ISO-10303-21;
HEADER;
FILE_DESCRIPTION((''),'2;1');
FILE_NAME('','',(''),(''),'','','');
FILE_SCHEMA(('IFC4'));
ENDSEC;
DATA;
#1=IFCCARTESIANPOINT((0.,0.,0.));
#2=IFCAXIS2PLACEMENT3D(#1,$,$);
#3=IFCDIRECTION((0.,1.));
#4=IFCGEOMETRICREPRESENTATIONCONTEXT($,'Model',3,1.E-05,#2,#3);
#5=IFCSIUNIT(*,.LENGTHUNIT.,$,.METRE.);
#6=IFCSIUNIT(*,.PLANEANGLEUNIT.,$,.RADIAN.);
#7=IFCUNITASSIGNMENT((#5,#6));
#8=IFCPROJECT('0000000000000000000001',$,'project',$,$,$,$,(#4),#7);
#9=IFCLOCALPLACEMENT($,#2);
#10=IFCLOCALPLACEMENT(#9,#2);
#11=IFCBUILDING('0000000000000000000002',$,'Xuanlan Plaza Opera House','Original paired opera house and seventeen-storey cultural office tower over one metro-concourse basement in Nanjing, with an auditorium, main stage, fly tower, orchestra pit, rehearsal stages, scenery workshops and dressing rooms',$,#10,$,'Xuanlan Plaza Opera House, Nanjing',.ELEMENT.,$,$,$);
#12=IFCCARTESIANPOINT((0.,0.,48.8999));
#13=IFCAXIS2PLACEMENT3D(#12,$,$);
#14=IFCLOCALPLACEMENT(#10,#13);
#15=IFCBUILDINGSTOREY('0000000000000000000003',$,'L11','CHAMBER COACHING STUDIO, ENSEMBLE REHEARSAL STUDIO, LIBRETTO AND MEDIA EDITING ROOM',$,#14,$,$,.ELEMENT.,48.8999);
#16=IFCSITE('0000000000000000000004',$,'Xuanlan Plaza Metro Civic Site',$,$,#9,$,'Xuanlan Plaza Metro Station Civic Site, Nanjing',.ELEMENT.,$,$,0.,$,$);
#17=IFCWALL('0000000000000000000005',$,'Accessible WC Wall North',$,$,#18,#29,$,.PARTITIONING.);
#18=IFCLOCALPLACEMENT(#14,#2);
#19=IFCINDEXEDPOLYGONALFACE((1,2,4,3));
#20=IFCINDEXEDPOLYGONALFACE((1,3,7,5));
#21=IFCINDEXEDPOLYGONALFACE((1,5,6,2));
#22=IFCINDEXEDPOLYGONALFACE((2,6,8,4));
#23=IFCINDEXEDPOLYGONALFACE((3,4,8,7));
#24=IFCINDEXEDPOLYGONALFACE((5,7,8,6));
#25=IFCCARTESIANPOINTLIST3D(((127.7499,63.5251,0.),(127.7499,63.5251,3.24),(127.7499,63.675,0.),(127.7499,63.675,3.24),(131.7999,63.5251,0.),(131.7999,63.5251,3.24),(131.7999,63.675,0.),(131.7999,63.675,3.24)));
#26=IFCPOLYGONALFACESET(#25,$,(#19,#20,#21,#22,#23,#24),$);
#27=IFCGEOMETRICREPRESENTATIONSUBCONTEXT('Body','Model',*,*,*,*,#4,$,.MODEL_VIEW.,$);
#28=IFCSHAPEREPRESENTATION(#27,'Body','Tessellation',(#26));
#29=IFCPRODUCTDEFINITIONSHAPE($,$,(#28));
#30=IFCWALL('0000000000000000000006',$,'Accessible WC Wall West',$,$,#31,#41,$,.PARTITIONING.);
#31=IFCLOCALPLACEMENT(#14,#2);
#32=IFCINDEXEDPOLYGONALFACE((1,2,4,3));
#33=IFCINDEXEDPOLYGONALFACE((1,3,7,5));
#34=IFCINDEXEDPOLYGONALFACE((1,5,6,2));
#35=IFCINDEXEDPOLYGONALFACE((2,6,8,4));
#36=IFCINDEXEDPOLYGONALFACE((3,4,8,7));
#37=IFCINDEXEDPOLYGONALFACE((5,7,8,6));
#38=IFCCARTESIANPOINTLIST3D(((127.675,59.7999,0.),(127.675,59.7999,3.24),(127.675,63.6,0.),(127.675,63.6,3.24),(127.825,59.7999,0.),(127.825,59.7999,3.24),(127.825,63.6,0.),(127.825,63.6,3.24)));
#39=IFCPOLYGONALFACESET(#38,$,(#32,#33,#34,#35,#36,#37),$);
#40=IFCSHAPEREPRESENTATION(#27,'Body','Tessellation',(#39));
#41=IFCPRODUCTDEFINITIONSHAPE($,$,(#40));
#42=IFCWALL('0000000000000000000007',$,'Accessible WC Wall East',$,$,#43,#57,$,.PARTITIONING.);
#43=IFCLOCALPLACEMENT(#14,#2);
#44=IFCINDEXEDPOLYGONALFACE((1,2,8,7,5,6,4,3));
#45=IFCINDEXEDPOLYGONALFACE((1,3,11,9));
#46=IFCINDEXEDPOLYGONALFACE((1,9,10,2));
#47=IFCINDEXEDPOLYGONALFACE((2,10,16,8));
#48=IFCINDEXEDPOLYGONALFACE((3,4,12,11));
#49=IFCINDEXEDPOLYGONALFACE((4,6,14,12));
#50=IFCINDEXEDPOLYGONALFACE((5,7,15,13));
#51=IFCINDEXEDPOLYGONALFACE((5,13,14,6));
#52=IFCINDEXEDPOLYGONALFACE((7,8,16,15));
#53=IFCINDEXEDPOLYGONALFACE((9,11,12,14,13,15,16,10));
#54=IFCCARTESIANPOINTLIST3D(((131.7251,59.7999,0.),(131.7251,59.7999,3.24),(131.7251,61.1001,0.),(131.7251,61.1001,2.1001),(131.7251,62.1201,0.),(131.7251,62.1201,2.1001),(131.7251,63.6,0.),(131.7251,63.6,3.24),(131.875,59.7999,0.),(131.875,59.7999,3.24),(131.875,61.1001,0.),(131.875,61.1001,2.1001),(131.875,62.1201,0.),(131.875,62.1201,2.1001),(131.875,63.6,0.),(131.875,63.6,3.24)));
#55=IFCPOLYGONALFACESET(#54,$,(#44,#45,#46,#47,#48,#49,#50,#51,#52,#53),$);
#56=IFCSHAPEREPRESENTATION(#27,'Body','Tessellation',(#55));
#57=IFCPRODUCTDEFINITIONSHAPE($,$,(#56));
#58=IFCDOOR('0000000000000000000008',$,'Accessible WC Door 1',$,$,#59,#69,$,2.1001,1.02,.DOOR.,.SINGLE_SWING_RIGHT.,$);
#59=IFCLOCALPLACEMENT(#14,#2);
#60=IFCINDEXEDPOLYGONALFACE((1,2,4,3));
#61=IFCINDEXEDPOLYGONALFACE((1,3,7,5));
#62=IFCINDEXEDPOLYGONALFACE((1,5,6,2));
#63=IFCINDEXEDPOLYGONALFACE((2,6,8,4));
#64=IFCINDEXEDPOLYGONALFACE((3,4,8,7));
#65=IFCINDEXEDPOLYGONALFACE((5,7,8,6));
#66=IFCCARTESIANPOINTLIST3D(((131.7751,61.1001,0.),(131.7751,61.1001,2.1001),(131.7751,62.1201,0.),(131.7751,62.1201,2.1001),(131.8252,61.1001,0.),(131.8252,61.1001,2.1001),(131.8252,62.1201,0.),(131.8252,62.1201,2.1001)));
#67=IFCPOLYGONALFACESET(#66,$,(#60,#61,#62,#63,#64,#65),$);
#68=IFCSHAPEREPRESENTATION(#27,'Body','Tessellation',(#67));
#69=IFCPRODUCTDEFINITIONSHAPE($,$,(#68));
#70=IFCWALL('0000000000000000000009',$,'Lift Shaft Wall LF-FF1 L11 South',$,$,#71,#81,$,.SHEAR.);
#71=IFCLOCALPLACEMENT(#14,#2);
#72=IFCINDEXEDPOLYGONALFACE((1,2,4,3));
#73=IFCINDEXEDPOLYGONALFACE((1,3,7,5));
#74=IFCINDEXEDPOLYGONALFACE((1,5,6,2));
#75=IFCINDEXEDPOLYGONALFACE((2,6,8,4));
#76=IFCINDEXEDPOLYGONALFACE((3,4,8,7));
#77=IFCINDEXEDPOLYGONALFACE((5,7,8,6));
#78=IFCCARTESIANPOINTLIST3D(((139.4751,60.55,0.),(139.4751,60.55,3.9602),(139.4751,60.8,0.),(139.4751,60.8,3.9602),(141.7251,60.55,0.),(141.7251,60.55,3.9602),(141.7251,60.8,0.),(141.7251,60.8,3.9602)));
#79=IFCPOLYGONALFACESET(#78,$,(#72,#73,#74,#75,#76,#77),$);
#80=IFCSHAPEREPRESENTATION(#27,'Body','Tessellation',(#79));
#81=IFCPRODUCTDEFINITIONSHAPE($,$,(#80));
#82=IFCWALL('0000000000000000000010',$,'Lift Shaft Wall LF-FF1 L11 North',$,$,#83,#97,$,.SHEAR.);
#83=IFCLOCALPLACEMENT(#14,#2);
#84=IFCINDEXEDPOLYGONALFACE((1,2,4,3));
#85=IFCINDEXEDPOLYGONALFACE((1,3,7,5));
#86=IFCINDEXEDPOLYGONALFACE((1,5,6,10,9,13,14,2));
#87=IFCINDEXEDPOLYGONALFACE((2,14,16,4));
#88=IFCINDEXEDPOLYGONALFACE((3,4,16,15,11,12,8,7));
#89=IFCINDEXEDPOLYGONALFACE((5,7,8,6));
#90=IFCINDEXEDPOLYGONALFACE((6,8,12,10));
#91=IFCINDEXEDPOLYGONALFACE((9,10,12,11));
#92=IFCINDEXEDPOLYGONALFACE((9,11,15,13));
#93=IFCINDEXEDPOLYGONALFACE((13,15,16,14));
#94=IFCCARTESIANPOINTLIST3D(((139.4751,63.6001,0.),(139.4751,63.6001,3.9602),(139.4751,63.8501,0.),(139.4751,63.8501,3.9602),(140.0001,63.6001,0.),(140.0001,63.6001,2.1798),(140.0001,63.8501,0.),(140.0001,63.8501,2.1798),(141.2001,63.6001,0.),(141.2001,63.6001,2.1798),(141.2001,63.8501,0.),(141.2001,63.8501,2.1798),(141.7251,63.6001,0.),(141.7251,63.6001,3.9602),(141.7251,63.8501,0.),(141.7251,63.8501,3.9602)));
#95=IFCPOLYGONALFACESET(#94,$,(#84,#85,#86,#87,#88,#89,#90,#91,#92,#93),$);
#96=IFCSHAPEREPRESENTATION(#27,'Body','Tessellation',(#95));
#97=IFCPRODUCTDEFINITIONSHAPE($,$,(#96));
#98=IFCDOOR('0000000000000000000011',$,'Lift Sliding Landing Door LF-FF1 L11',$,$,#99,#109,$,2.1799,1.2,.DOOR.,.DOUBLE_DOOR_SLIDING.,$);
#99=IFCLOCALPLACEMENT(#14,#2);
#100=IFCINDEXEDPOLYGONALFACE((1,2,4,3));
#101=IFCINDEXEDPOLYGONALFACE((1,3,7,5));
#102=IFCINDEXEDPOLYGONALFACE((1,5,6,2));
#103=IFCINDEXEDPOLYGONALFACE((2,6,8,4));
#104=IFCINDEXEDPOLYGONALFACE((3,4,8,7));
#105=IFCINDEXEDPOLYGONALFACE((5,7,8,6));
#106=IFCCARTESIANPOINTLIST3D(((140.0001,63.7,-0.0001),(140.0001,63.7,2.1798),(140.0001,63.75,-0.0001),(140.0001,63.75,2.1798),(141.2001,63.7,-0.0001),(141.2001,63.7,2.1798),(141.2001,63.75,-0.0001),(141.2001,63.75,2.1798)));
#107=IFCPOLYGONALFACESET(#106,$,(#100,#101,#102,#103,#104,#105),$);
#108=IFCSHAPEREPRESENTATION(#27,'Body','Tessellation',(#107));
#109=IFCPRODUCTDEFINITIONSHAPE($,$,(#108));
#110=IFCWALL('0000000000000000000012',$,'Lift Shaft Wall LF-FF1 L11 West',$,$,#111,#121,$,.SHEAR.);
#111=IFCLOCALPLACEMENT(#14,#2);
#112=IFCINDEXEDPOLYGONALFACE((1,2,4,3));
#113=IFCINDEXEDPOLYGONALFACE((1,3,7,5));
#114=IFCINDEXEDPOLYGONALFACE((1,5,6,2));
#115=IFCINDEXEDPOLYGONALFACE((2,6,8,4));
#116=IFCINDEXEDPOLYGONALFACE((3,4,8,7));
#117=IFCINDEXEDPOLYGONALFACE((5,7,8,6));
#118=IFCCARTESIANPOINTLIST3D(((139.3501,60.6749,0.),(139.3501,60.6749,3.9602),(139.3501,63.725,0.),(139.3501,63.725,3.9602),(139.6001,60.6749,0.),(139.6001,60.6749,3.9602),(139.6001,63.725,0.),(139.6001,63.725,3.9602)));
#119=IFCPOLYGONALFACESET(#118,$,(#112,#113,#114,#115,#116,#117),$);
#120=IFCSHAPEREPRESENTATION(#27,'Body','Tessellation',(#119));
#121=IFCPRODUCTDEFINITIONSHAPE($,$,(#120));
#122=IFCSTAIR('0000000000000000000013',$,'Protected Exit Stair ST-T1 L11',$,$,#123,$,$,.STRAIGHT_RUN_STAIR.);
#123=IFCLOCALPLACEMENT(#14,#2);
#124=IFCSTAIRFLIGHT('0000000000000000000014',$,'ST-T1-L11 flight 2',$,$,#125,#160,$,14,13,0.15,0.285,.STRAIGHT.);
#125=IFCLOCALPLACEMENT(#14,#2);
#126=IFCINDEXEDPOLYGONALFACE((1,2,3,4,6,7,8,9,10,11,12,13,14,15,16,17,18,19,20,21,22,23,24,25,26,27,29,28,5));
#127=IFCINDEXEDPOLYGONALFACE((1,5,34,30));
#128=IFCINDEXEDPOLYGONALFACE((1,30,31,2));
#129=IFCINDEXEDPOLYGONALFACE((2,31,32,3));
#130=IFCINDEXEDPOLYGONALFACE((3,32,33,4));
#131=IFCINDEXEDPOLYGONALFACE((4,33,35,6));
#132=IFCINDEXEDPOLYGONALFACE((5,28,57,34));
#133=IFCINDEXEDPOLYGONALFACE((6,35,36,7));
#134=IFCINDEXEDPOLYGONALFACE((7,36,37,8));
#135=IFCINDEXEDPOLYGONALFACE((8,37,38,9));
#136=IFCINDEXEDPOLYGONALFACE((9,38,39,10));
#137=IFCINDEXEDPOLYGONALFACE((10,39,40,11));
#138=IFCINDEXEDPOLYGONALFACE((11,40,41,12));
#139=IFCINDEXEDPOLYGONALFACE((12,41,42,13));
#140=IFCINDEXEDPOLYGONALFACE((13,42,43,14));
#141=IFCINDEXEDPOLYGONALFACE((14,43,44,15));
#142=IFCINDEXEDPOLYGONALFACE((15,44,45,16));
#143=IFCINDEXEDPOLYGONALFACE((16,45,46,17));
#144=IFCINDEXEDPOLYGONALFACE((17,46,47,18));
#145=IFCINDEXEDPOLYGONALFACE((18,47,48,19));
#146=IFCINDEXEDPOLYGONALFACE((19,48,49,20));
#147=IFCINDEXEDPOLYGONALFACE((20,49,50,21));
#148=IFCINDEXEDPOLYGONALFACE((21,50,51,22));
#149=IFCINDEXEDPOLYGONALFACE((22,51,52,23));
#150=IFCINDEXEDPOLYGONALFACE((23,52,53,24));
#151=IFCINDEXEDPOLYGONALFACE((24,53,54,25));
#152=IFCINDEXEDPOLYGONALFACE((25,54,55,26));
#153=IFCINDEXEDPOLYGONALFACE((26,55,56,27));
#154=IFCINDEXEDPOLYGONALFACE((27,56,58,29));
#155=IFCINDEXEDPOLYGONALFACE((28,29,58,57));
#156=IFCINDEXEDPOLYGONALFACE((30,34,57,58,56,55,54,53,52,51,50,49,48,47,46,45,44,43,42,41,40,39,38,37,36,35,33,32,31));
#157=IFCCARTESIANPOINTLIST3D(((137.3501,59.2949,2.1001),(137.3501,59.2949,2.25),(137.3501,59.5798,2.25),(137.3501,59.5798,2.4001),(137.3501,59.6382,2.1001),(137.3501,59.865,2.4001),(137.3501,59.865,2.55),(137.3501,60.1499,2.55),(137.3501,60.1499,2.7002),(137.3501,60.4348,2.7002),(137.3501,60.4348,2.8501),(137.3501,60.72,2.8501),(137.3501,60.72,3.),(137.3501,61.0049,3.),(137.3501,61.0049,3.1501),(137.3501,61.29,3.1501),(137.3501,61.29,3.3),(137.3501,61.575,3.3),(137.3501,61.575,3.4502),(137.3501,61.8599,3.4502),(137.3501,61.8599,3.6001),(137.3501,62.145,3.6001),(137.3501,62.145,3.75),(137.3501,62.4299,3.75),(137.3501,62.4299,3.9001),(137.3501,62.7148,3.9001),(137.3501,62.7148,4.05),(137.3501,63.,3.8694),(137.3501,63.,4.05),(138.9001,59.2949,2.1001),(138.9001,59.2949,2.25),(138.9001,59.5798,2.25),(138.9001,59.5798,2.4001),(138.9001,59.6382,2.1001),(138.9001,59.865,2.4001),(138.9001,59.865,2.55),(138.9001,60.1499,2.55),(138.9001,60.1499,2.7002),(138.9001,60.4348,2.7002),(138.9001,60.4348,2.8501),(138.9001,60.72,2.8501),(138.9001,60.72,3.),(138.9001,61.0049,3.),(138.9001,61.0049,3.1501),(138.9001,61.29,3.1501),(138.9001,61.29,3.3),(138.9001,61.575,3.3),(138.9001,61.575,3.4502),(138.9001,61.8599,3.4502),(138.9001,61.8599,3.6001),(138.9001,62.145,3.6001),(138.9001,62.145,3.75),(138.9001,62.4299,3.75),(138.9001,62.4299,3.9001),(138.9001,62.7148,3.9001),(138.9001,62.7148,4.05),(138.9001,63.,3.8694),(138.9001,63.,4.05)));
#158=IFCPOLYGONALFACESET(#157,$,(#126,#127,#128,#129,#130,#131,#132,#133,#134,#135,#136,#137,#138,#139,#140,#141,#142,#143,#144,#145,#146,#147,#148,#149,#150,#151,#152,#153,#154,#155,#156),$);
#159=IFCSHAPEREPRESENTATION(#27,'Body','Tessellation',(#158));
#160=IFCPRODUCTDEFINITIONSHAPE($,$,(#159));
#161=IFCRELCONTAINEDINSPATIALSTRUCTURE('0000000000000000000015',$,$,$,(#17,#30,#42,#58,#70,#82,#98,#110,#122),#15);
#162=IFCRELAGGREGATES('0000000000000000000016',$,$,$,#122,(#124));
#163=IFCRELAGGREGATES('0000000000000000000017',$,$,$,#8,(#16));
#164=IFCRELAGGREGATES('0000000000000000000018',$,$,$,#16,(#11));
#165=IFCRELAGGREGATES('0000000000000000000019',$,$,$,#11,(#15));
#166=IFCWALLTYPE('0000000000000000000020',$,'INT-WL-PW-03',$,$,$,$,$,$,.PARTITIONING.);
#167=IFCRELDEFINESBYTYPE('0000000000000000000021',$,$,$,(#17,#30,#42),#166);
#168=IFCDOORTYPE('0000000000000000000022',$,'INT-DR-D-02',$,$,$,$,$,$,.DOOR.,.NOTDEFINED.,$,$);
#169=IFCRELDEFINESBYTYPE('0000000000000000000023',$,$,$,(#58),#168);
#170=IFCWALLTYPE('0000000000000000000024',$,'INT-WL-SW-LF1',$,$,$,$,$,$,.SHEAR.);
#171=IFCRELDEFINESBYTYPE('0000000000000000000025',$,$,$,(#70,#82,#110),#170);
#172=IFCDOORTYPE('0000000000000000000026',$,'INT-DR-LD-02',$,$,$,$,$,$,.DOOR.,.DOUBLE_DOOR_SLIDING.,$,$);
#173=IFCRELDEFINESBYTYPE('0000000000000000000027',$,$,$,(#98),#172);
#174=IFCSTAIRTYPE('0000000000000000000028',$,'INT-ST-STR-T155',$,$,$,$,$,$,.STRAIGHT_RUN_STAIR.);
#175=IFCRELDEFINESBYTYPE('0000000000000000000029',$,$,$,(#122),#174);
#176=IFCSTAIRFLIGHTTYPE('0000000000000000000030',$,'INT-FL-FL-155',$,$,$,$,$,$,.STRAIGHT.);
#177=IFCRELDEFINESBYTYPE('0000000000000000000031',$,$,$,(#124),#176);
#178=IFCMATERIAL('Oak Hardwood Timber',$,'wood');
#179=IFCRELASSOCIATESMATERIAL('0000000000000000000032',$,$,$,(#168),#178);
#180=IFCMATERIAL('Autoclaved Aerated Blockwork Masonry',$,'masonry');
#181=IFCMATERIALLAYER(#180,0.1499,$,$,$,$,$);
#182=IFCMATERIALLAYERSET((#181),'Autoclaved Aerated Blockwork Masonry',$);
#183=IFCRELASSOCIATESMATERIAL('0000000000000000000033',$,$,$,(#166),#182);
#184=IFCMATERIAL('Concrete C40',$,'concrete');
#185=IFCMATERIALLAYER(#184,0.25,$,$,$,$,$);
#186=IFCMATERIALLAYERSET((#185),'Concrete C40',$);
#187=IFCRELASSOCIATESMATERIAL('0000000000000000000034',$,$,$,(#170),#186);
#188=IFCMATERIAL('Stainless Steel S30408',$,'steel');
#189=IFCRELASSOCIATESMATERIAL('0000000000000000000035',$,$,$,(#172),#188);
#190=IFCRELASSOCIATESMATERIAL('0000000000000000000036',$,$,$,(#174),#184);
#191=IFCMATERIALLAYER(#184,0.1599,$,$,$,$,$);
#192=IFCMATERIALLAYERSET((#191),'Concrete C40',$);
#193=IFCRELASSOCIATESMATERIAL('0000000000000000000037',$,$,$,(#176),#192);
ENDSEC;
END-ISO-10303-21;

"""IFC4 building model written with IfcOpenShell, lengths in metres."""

from ifc_helpers import new_model, si_unit, direction, frame, frame_2d, origin, place, context, subcontext, project, spatial, polyline, rectangle, outline, extrude, material, layer, layer_set, type_object, element, fill, aggregate, save


model = new_model("IFC4")

# Units and contexts
model_context = context("Model", 3, precision=1e-05, world=origin(), true_north=direction((0.0, 1.0)))
body_context = subcontext(model_context, "Body", "Model", "MODEL_VIEW")
ifc_project = project(units=[si_unit("LENGTHUNIT", "METRE"), si_unit("PLANEANGLEUNIT", "RADIAN")], contexts=[model_context])

# Site, building, storey
site_placement = place(None, origin())
site = spatial("IfcSite", under=ifc_project, at=site_placement, Name="Xuanlan Plaza Metro Civic Site", LongName="Xuanlan Plaza Metro Station Civic Site, Nanjing", CompositionType="ELEMENT", RefElevation=0.0)
building_placement = place(site_placement, origin())
building = spatial("IfcBuilding", under=site, at=building_placement, Name="Xuanlan Plaza Opera House", Description="Original paired opera house and seventeen-storey cultural office tower over one metro-concourse basement in Nanjing, with an auditorium, main stage, fly tower, orchestra pit, rehearsal stages, scenery workshops and dressing rooms", LongName="Xuanlan Plaza Opera House, Nanjing", CompositionType="ELEMENT")
storey_placement = place(building_placement, frame((0.0, 0.0, 48.8999)))
storey = spatial("IfcBuildingStorey", under=building, at=storey_placement, Name="L11", Description="CHAMBER COACHING STUDIO, ENSEMBLE REHEARSAL STUDIO, LIBRETTO AND MEDIA EDITING ROOM", CompositionType="ELEMENT", Elevation=48.8999)

# Shared definitions
ifc_material_1 = material(Name="Concrete C40", Category="concrete")

# Shared definitions
ifc_material_2 = material(Name="Oak Hardwood Timber", Category="wood")
door_type_1 = type_object("IfcDoorType", Name="INT-DR-D-02", OperationType="NOTDEFINED", PredefinedType="DOOR", material=ifc_material_2)

# Shared definitions
ifc_material_3 = material(Name="Autoclaved Aerated Blockwork Masonry", Category="masonry")
ifc_layer_1 = layer(ifc_material_3, 0.1499)
ifc_layer_set_1 = layer_set([ifc_layer_1], Name="Autoclaved Aerated Blockwork Masonry")
wall_type_1 = type_object("IfcWallType", Name="INT-WL-PW-03", PredefinedType="PARTITIONING", material=ifc_layer_set_1)

# Walls
wall_1_placement = place(storey_placement, frame((127.75, 63.6001, 0.0), z_axis=(0.0, 0.0, 1.0), x_axis=(1.0, 0.0, 0.0)))
element("IfcWall", 1, at=wall_1_placement, inside=storey, type_object=wall_type_1, Name="Accessible WC Wall North", PredefinedType="PARTITIONING", context=body_context, shape_type="SweptSolid", body=[
    extrude(rectangle(XDim=4.05, YDim=0.1499, at=frame_2d((2.0249, 0.0))), origin(), (0.0, 0.0, 1.0), 3.24),
])
wall_2_placement = place(storey_placement, frame((127.75, 59.8, 0.0), z_axis=(0.0, 0.0, 1.0), x_axis=(0.0, 1.0, 0.0)))
element("IfcWall", 2, at=wall_2_placement, inside=storey, type_object=wall_type_1, Name="Accessible WC Wall West", PredefinedType="PARTITIONING", context=body_context, shape_type="SweptSolid", body=[
    extrude(rectangle(XDim=3.8, YDim=0.1499, at=frame_2d((1.8999, 0.0))), origin(), (0.0, 0.0, 1.0), 3.24),
])

# Wall, opening, door
wall_3_placement = place(storey_placement, frame((131.8, 59.8, 0.0), z_axis=(0.0, 0.0, 1.0), x_axis=(0.0, 1.0, 0.0)))
wall_3 = element("IfcWall", 3, at=wall_3_placement, inside=storey, type_object=wall_type_1, Name="Accessible WC Wall East", PredefinedType="PARTITIONING", context=body_context, shape_type="SweptSolid", body=[
    extrude(rectangle(XDim=3.8, YDim=0.1499, at=frame_2d((1.8999, 0.0))), origin(), (0.0, 0.0, 1.0), 3.24),
])
opening_1_placement = place(wall_3_placement, frame((1.3, 0.0, 0.0)))
opening_1 = element("IfcOpeningElement", 4, at=opening_1_placement, cuts=wall_3, PredefinedType="OPENING", context=body_context, shape_type="SweptSolid", body=[
    extrude(rectangle(XDim=1.02, YDim=2.1001, at=frame_2d((0.51, 1.05))), frame((0.0, 0.085, 0.0), z_axis=(0.0, -1.0, 0.0), x_axis=(1.0, 0.0, 0.0)), (0.0, 0.0, 1.0), 0.1699),
])
door_1_placement = place(opening_1_placement, origin())
door_1 = element("IfcDoor", 5, at=door_1_placement, inside=storey, type_object=door_type_1, Name="Accessible WC Door 1", OperationType="SINGLE_SWING_RIGHT", OverallHeight=2.1001, OverallWidth=1.02, PredefinedType="DOOR", context=body_context, shape_type="SweptSolid", body=[
    extrude(rectangle(XDim=1.02, YDim=2.1001, at=frame_2d((0.51, 1.05))), frame((0.0, 0.0249, 0.0), z_axis=(0.0, -1.0, 0.0), x_axis=(1.0, 0.0, 0.0)), (0.0, 0.0, 1.0), 0.05),
])
fill(opening_1, door_1)

# Wall
ifc_layer_2 = layer(ifc_material_1, 0.25)
ifc_layer_set_2 = layer_set([ifc_layer_2], Name="Concrete C40")
wall_type_2 = type_object("IfcWallType", Name="INT-WL-SW-LF1", PredefinedType="SHEAR", material=ifc_layer_set_2)
wall_4_placement = place(storey_placement, frame((139.4751, 60.675, 0.0), z_axis=(0.0, 0.0, 1.0), x_axis=(1.0, 0.0, 0.0)))
element("IfcWall", 6, at=wall_4_placement, inside=storey, type_object=wall_type_2, Name="Lift Shaft Wall LF-FF1 L11 South", PredefinedType="SHEAR", context=body_context, shape_type="SweptSolid", body=[
    extrude(rectangle(XDim=2.25, YDim=0.25, at=frame_2d((1.125, 0.0))), origin(), (0.0, 0.0, 1.0), 3.9602),
])

# Wall, opening, door
wall_5_placement = place(storey_placement, frame((139.4751, 63.7251, 0.0), z_axis=(0.0, 0.0, 1.0), x_axis=(1.0, 0.0, 0.0)))
wall_5 = element("IfcWall", 7, at=wall_5_placement, inside=storey, type_object=wall_type_2, Name="Lift Shaft Wall LF-FF1 L11 North", PredefinedType="SHEAR", context=body_context, shape_type="SweptSolid", body=[
    extrude(rectangle(XDim=2.25, YDim=0.25, at=frame_2d((1.125, 0.0))), origin(), (0.0, 0.0, 1.0), 3.9602),
])
opening_2_placement = place(wall_5_placement, frame((0.5249, 0.0, 0.0)))
opening_2 = element("IfcOpeningElement", 8, at=opening_2_placement, cuts=wall_5, PredefinedType="OPENING", context=body_context, shape_type="SweptSolid", body=[
    extrude(rectangle(XDim=1.2, YDim=2.1799, at=frame_2d((0.6001, 1.0898))), frame((0.0, 0.135, 0.0), z_axis=(0.0, -1.0, 0.0), x_axis=(1.0, 0.0, 0.0)), (0.0, 0.0, 1.0), 0.27),
])
ifc_material_4 = material(Name="Stainless Steel S30408", Category="steel")
door_type_2 = type_object("IfcDoorType", Name="INT-DR-LD-02", OperationType="DOUBLE_DOOR_SLIDING", PredefinedType="DOOR", material=ifc_material_4)
door_2_placement = place(opening_2_placement, origin())
door_2 = element("IfcDoor", 9, at=door_2_placement, inside=storey, type_object=door_type_2, Name="Lift Sliding Landing Door LF-FF1 L11", OperationType="DOUBLE_DOOR_SLIDING", OverallHeight=2.1799, OverallWidth=1.2, PredefinedType="DOOR", context=body_context, shape_type="SweptSolid", body=[
    extrude(rectangle(XDim=1.2, YDim=2.1799, at=frame_2d((0.6001, 1.0898))), frame((0.0, 0.0249, 0.0), z_axis=(0.0, -1.0, 0.0), x_axis=(1.0, 0.0, 0.0)), (0.0, 0.0, 1.0), 0.05),
])
fill(opening_2, door_2)

# Wall
wall_6_placement = place(storey_placement, frame((139.4751, 60.675, 0.0), z_axis=(0.0, 0.0, 1.0), x_axis=(0.0, 1.0, 0.0)))
element("IfcWall", 10, at=wall_6_placement, inside=storey, type_object=wall_type_2, Name="Lift Shaft Wall LF-FF1 L11 West", PredefinedType="SHEAR", context=body_context, shape_type="SweptSolid", body=[
    extrude(rectangle(XDim=3.05, YDim=0.25, at=frame_2d((1.5249, 0.0))), origin(), (0.0, 0.0, 1.0), 3.9602),
])

# Stair, stair flight
stair_type = type_object("IfcStairType", Name="INT-ST-STR-T155", PredefinedType="STRAIGHT_RUN_STAIR", material=ifc_material_1)
stair_placement = place(storey_placement, origin())
stair = element("IfcStair", 11, at=stair_placement, inside=storey, type_object=stair_type, Name="Protected Exit Stair ST-T1 L11", PredefinedType="STRAIGHT_RUN_STAIR")
ifc_layer_3 = layer(ifc_material_1, 0.1599)
ifc_layer_set_3 = layer_set([ifc_layer_3], Name="Concrete C40")
stair_flight_type = type_object("IfcStairFlightType", Name="INT-FL-FL-155", PredefinedType="STRAIGHT", material=ifc_layer_set_3)
stair_flight_placement = place(storey_placement, frame((138.125, 59.2949, 2.1001), z_axis=(0.0, 0.0, 1.0), x_axis=(0.0, 1.0, 0.0)))
stair_flight = element("IfcStairFlight", 12, at=stair_flight_placement, type_object=stair_flight_type, Name="ST-T1-L11 flight 2", NumberOfRisers=14, NumberOfTreads=13, PredefinedType="STRAIGHT", RiserHeight=0.15, TreadLength=0.285, context=body_context, shape_type="SweptSolid", body=[
    extrude(outline(polyline([(0.0, 0.0), (0.0, 0.1499), (0.2849, 0.1499), (0.2849, 0.3), (0.5701, 0.3), (0.5701, 0.45), (0.855, 0.45), (0.855, 0.6001), (1.1399, 0.6001), (1.1399, 0.75), (1.425, 0.75), (1.425, 0.8999), (1.71, 0.8999), (1.71, 1.05), (1.9951, 1.05), (1.9951, 1.2), (2.28, 1.2), (2.28, 1.3501), (2.5649, 1.3501), (2.5649, 1.5), (2.8501, 1.5), (2.8501, 1.6499), (3.135, 1.6499), (3.135, 1.8), (3.4199, 1.8), (3.4199, 1.95), (3.7051, 1.95), (3.7051, 2.1001), (3.7051, 1.7693), (0.3433, 0.0), (0.0, 0.0)])), frame((0.0, 0.7749, 0.0), z_axis=(0.0, -1.0, 0.0), x_axis=(1.0, 0.0, 0.0)), (0.0, 0.0, 1.0), 1.55),
])
aggregate(stair, [stair_flight])

save(model, "model.ifc")
